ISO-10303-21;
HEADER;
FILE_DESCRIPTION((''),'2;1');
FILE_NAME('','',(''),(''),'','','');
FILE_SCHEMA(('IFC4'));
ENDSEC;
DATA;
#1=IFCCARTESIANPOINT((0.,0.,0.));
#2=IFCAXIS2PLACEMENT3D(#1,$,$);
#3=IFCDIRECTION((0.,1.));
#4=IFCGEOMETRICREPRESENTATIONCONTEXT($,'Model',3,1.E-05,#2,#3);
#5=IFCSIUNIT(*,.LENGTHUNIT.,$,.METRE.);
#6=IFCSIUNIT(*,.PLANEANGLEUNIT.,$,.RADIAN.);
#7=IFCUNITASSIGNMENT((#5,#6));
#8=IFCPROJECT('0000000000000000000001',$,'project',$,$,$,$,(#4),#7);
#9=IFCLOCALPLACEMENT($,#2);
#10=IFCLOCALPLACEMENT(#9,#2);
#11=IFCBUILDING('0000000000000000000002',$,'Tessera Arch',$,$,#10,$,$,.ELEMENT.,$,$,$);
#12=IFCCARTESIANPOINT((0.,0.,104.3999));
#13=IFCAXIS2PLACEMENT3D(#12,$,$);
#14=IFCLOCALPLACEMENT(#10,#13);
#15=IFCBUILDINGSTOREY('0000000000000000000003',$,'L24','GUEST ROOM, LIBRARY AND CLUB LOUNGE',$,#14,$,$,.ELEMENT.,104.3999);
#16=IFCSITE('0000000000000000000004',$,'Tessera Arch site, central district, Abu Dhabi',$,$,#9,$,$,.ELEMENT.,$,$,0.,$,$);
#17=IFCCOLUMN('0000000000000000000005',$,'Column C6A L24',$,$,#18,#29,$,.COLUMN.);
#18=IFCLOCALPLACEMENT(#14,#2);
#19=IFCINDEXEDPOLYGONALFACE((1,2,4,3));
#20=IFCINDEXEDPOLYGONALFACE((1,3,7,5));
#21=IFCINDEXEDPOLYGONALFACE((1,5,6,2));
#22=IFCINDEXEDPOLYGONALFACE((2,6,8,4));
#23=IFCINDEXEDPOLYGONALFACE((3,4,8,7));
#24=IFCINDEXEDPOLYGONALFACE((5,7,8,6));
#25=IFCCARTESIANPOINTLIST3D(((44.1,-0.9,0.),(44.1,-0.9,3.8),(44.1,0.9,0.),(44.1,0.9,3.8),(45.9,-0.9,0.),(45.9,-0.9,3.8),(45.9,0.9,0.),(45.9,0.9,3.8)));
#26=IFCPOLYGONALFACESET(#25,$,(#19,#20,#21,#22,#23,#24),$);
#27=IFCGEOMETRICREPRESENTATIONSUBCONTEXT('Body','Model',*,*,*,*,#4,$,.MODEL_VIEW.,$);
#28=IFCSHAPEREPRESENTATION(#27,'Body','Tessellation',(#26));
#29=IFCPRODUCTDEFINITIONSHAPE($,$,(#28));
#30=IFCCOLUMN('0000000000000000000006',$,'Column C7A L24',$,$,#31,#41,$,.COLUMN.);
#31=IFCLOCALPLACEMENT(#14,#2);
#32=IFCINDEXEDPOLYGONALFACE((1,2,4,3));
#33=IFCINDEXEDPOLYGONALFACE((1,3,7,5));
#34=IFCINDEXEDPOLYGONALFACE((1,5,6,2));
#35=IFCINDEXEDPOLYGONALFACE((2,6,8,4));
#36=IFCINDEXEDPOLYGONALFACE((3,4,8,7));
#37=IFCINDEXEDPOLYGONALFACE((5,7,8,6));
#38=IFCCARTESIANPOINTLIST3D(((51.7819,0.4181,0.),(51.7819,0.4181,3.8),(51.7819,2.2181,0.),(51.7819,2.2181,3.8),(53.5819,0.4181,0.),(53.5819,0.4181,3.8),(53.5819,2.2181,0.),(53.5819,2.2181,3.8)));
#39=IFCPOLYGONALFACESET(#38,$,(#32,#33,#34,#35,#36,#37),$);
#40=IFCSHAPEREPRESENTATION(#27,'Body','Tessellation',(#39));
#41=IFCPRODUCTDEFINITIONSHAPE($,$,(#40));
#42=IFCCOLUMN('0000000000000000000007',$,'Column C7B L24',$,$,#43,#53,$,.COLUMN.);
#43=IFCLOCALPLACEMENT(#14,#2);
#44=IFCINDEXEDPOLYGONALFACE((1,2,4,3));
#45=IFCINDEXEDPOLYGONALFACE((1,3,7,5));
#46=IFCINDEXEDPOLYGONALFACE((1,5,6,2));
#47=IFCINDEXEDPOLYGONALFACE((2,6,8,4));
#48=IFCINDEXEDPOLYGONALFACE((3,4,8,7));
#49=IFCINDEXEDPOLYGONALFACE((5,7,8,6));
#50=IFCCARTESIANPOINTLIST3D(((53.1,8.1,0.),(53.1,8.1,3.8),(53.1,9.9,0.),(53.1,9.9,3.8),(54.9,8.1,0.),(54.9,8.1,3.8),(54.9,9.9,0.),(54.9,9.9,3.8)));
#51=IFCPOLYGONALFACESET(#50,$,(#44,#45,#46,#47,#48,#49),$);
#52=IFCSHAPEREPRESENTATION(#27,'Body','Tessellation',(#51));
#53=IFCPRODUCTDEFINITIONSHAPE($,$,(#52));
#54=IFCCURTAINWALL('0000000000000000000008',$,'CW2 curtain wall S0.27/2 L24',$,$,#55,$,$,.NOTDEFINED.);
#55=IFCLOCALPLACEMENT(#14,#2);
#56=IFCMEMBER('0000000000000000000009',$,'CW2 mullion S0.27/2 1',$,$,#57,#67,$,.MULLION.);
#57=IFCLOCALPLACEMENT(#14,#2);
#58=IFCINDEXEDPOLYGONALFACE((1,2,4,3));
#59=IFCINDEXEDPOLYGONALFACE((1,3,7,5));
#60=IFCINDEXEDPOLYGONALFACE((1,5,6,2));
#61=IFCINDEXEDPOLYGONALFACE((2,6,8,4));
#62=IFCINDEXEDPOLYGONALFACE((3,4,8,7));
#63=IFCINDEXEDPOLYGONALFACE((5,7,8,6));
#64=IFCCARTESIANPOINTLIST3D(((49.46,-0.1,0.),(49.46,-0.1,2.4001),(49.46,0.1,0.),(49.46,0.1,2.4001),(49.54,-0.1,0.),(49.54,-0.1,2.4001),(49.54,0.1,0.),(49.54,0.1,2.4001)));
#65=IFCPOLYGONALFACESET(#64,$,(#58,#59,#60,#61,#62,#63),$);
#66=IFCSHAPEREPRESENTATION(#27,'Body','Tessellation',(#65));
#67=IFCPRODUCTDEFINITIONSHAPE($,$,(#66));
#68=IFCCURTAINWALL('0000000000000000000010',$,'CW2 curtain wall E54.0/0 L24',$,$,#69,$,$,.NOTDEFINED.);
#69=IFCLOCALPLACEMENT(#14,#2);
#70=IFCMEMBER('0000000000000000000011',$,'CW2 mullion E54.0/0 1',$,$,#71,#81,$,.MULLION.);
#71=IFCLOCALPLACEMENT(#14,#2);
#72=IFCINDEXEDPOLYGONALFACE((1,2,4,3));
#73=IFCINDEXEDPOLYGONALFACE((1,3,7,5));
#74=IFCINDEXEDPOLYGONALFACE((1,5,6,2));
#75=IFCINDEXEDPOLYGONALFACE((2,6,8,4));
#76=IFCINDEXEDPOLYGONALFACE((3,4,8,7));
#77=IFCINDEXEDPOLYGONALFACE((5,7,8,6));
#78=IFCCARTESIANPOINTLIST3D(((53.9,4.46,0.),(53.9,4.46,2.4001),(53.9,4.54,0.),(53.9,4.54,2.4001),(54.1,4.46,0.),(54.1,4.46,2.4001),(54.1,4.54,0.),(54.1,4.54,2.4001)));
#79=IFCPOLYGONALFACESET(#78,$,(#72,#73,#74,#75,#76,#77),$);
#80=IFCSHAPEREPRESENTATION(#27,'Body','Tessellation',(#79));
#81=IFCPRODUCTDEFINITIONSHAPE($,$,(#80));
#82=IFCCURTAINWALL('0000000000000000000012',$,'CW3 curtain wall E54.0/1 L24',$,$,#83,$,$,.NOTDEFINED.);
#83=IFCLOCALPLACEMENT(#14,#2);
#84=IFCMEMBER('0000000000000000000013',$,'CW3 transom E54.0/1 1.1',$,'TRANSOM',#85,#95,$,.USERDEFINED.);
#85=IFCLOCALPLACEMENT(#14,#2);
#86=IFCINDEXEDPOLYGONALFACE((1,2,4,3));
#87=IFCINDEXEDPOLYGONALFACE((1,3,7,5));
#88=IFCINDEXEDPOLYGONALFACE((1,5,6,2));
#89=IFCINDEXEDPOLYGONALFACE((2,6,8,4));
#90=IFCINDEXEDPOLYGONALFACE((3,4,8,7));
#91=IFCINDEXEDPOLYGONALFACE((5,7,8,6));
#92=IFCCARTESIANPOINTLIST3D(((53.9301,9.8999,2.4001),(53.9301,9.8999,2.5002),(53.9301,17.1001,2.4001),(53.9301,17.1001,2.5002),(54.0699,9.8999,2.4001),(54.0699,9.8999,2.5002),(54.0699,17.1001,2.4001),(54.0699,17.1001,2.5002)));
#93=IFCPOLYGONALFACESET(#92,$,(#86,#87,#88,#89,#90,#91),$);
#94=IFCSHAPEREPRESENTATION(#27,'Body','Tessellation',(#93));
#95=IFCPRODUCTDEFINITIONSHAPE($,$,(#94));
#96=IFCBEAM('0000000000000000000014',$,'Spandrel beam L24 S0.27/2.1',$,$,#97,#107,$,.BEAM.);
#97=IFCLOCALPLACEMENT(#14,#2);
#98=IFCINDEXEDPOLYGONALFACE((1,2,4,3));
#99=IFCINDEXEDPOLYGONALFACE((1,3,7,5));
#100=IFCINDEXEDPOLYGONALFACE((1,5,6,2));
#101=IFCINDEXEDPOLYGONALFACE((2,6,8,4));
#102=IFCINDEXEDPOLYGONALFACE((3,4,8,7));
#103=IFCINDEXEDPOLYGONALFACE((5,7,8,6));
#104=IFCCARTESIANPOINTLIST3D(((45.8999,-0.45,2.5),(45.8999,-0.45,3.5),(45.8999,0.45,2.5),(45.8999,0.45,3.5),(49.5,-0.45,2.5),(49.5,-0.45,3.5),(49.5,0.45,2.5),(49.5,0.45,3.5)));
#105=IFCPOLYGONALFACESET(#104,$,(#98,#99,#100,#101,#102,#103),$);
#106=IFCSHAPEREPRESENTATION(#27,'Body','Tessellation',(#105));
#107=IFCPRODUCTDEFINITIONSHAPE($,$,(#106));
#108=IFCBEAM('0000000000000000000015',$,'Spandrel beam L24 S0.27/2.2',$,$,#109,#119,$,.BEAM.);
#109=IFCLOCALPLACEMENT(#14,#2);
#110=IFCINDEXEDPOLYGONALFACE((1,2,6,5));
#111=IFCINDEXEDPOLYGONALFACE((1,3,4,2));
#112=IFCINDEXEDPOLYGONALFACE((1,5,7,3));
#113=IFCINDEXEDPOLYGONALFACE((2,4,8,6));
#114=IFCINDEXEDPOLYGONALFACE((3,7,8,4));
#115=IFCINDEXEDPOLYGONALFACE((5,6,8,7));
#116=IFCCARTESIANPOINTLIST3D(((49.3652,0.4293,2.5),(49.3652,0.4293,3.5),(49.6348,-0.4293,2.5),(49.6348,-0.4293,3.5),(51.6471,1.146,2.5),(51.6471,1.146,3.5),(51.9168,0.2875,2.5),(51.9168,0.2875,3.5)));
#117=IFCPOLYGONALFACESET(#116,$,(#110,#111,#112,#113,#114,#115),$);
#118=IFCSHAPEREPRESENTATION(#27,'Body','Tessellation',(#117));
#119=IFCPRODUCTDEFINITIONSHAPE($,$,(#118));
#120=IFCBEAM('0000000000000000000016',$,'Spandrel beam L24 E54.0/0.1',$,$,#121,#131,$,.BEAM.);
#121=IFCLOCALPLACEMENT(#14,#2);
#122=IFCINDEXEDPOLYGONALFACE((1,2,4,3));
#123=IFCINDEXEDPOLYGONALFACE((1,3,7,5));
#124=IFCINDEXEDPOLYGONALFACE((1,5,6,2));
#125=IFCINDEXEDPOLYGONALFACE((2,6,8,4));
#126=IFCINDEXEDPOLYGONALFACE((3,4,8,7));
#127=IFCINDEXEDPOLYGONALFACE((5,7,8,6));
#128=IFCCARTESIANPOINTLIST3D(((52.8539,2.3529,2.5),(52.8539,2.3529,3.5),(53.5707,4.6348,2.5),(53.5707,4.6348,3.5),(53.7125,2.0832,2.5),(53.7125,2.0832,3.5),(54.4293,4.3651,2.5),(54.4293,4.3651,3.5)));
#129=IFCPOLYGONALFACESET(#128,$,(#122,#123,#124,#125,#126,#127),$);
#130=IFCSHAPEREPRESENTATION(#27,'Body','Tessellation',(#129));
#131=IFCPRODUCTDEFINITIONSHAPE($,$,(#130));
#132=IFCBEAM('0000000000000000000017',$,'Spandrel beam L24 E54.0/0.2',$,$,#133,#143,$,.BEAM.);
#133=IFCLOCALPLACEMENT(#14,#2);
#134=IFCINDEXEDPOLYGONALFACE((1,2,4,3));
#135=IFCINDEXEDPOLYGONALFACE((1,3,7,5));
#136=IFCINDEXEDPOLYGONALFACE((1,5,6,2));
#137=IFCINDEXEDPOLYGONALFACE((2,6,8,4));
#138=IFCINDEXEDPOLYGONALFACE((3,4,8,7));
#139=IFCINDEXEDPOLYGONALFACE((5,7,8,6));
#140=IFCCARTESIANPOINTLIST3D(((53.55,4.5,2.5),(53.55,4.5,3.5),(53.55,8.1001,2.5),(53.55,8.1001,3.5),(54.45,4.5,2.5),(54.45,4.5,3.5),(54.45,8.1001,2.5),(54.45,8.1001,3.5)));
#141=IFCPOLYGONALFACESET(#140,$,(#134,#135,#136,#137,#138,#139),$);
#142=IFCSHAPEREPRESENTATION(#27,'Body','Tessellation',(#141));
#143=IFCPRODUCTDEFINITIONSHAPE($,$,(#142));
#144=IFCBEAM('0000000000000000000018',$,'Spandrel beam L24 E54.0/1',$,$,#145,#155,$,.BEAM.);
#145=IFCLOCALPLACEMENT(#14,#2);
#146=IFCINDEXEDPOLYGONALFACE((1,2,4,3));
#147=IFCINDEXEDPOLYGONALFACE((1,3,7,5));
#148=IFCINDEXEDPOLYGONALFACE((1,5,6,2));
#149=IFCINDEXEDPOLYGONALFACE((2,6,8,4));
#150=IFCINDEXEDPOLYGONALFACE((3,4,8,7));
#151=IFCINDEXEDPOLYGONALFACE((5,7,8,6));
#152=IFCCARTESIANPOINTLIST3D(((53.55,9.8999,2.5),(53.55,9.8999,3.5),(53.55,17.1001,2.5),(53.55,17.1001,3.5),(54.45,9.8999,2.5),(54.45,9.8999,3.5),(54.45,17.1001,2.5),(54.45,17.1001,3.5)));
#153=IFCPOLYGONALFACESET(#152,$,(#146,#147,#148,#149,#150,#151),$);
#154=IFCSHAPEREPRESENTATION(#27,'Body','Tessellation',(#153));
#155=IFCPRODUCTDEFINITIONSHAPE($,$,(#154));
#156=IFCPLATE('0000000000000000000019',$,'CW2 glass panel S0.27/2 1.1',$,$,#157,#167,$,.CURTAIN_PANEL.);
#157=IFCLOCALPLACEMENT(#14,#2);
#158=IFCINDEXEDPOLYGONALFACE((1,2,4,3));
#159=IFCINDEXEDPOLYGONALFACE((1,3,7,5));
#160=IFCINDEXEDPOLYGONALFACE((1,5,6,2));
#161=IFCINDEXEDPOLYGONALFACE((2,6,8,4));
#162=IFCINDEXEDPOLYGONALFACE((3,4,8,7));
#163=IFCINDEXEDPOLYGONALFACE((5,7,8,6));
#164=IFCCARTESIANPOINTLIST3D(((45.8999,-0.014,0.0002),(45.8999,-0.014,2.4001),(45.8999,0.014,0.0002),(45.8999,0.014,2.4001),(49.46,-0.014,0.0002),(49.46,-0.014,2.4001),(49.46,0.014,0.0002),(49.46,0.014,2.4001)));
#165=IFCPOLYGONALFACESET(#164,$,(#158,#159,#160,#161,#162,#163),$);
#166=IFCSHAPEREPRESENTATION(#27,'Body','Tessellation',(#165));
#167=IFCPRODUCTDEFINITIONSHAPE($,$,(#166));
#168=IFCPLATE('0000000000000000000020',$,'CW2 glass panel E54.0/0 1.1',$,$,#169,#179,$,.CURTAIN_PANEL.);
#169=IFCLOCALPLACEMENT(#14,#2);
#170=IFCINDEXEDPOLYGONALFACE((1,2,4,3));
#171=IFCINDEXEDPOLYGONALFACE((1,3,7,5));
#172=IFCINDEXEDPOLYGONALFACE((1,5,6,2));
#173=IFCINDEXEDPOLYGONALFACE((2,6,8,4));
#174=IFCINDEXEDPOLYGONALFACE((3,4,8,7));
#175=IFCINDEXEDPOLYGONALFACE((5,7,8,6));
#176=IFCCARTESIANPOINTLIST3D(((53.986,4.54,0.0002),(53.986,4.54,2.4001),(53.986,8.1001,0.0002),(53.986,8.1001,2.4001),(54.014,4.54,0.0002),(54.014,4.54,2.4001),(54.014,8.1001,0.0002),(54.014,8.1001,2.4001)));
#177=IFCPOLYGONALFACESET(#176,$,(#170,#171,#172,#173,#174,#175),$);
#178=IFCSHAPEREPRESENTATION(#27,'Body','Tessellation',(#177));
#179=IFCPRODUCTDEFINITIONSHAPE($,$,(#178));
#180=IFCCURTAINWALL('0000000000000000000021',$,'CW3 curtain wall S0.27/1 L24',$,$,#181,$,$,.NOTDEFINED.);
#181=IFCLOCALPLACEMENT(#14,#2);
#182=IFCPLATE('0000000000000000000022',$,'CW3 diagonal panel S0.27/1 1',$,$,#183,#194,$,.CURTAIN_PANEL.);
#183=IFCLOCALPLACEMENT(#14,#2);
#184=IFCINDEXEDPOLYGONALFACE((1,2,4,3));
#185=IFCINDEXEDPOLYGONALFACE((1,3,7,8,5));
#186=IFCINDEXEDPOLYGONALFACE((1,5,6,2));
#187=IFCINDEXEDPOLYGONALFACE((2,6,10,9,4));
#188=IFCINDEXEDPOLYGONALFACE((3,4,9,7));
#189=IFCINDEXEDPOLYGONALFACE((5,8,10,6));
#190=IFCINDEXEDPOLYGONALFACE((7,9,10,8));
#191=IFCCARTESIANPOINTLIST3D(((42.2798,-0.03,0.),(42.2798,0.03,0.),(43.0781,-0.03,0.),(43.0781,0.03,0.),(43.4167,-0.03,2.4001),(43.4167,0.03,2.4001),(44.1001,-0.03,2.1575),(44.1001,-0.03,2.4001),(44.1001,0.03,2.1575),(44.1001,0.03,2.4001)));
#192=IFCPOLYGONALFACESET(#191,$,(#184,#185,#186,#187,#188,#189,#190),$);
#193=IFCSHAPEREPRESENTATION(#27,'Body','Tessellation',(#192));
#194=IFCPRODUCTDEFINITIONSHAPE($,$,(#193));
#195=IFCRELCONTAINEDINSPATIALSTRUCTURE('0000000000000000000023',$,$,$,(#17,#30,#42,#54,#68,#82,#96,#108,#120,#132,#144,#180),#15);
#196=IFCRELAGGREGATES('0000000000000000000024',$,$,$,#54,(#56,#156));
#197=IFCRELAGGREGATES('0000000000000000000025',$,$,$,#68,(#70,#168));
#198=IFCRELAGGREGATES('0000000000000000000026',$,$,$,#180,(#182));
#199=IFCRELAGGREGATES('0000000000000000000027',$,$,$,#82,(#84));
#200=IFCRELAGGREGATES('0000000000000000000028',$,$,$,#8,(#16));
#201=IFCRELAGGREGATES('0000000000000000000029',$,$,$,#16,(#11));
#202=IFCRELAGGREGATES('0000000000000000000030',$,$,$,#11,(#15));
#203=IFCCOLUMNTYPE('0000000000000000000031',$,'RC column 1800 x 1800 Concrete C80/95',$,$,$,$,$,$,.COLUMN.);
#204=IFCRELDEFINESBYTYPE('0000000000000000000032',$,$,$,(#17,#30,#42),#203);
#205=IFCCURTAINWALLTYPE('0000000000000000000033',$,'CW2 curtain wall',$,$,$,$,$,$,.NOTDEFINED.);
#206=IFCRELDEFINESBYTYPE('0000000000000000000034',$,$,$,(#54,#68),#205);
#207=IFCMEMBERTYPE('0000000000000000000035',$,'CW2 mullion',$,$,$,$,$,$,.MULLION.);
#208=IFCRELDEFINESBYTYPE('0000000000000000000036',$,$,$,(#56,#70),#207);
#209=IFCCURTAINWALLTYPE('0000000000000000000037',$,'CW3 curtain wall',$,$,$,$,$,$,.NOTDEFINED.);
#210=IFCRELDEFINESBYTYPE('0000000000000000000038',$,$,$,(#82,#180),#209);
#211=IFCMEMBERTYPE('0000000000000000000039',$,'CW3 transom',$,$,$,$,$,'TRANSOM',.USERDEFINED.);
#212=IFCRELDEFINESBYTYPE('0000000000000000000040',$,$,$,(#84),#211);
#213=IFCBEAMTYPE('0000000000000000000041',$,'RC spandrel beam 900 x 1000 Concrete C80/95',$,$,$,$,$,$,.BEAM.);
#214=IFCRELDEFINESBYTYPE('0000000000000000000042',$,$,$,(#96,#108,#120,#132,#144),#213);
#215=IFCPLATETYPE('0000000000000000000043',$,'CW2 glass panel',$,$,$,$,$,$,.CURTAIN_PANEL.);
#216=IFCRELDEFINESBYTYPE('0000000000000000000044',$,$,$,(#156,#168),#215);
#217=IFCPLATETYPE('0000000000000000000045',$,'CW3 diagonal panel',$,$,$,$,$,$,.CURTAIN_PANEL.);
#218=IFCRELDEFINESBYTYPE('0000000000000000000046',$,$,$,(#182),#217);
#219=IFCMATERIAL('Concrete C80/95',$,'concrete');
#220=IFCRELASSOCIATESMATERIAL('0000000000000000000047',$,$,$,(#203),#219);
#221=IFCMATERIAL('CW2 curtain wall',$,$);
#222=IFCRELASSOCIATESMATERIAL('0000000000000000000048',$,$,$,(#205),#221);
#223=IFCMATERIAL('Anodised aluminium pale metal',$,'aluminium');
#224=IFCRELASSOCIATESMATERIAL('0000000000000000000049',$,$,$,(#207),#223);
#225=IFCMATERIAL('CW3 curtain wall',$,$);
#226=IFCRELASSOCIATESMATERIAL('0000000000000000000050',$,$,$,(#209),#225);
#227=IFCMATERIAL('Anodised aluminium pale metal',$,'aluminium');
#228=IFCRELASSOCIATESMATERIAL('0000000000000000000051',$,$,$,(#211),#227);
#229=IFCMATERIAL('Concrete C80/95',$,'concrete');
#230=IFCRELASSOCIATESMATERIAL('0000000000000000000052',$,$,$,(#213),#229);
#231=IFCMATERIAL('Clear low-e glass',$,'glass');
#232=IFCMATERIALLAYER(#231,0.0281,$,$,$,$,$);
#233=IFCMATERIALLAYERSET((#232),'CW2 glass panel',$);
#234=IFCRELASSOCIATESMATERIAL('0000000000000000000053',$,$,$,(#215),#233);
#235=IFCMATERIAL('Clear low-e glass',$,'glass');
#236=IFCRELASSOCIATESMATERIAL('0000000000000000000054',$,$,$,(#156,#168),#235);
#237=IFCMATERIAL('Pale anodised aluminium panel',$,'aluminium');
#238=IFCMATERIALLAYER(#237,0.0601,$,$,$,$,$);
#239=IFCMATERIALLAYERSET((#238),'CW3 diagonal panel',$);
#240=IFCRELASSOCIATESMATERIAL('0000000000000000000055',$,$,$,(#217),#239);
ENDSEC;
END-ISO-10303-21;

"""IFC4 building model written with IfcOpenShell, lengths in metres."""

from ifc_helpers import new_model, si_unit, direction, frame, origin, origin_2d, place, context, subcontext, project, spatial, polyline, rectangle, outline, extrude, material, layer, layer_set, material_profile, profile_set, type_object, element, aggregate, save


model = new_model("IFC4")

# Units and contexts
model_context = context("Model", 3, precision=1e-05, world=origin(), true_north=direction((0.0, 1.0)))
body_context = subcontext(model_context, "Body", "Model", "MODEL_VIEW")
ifc_project = project(units=[si_unit("LENGTHUNIT", "METRE"), si_unit("PLANEANGLEUNIT", "RADIAN")], contexts=[model_context])

# Site, building, storey
site_placement = place(None, origin())
site = spatial("IfcSite", under=ifc_project, at=site_placement, Name="Tessera Arch site, central district, Abu Dhabi", CompositionType="ELEMENT", RefElevation=0.0)
building_placement = place(site_placement, origin())
building = spatial("IfcBuilding", under=site, at=building_placement, Name="Tessera Arch", CompositionType="ELEMENT")
storey_placement = place(building_placement, frame((0.0, 0.0, 104.3999)))
storey = spatial("IfcBuildingStorey", under=building, at=storey_placement, Name="L24", Description="GUEST ROOM, LIBRARY AND CLUB LOUNGE", CompositionType="ELEMENT", Elevation=104.3999)

# Columns
ifc_material_1 = material(Name="Concrete C80/95", Category="concrete")
ifc_material_profile_1 = material_profile(ifc_material_1, rectangle(XDim=1.8, YDim=1.8, at=origin_2d()), Name="RC column 1800 x 1800 Concrete C80/95")
ifc_profile_set_1 = profile_set([ifc_material_profile_1], Name="Concrete C80/95")
column_type = type_object("IfcColumnType", Name="RC column 1800 x 1800 Concrete C80/95", PredefinedType="COLUMN", material=ifc_profile_set_1)
for number, where, z_axis, x_axis, name in (
    (1, (45.0, 0.0, 0.0), (0.0, 0.0, 1.0), (1.0, 0.0, 0.0), "Column C6A L24"),
    (2, (52.6819, 1.3181, 0.0), (0.0, 0.0, 1.0), (1.0, 0.0, 0.0), "Column C7A L24"),
    (3, (54.0, 9.0, 0.0), (0.0, 0.0, 1.0), (1.0, 0.0, 0.0), "Column C7B L24"),
):
    element("IfcColumn", number, at=place(storey_placement, frame(where, z_axis=z_axis, x_axis=x_axis)), inside=storey, type_object=column_type, Name=name, PredefinedType="COLUMN", context=body_context, shape_type="SweptSolid", body=[
        extrude(rectangle(XDim=1.8, YDim=1.8, at=origin_2d()), origin(), (0.0, 0.0, 1.0), 3.8),
    ])

# Curtain walls, members
ifc_material_2 = material(Name="CW2 curtain wall")
curtain_wall_type_1 = type_object("IfcCurtainWallType", Name="CW2 curtain wall", PredefinedType="NOTDEFINED", material=ifc_material_2)
curtain_wall_1_placement = place(storey_placement, origin())
curtain_wall_1 = element("IfcCurtainWall", 4, at=curtain_wall_1_placement, inside=storey, type_object=curtain_wall_type_1, Name="CW2 curtain wall S0.27/2 L24", PredefinedType="NOTDEFINED")
ifc_material_3 = material(Name="Anodised aluminium pale metal", Category="aluminium")
ifc_material_profile_2 = material_profile(ifc_material_3, rectangle(XDim=0.2, YDim=0.0801, at=origin_2d()), Name="AL 80x200")
ifc_profile_set_2 = profile_set([ifc_material_profile_2], Name="Anodised aluminium pale metal")
member_type_1 = type_object("IfcMemberType", Name="CW2 mullion", PredefinedType="MULLION", material=ifc_profile_set_2)
member_1_placement = place(storey_placement, frame((49.5, 0.0, 0.0), z_axis=(0.0, 0.0, 1.0), x_axis=(0.0, 1.0, 0.0)))
member_1 = element("IfcMember", 5, at=member_1_placement, type_object=member_type_1, Name="CW2 mullion S0.27/2 1", PredefinedType="MULLION", context=body_context, shape_type="SweptSolid", body=[
    extrude(rectangle(XDim=0.2, YDim=0.0801, at=origin_2d()), origin(), (0.0, 0.0, 1.0), 2.4001),
])
curtain_wall_2_placement = place(storey_placement, origin())
curtain_wall_2 = element("IfcCurtainWall", 6, at=curtain_wall_2_placement, inside=storey, type_object=curtain_wall_type_1, Name="CW2 curtain wall E54.0/0 L24", PredefinedType="NOTDEFINED")
member_2_placement = place(storey_placement, frame((54.0, 4.5, 0.0), z_axis=(0.0, 0.0, 1.0), x_axis=(-1.0, 0.0, 0.0)))
member_2 = element("IfcMember", 7, at=member_2_placement, type_object=member_type_1, Name="CW2 mullion E54.0/0 1", PredefinedType="MULLION", context=body_context, shape_type="SweptSolid", body=[
    extrude(rectangle(XDim=0.2, YDim=0.0801, at=origin_2d()), origin(), (0.0, 0.0, 1.0), 2.4001),
])
ifc_material_4 = material(Name="CW3 curtain wall")
curtain_wall_type_2 = type_object("IfcCurtainWallType", Name="CW3 curtain wall", PredefinedType="NOTDEFINED", material=ifc_material_4)
curtain_wall_3_placement = place(storey_placement, origin())
curtain_wall_3 = element("IfcCurtainWall", 8, at=curtain_wall_3_placement, inside=storey, type_object=curtain_wall_type_2, Name="CW3 curtain wall E54.0/1 L24", PredefinedType="NOTDEFINED")
ifc_material_5 = material(Name="Anodised aluminium pale metal", Category="aluminium")
ifc_material_profile_3 = material_profile(ifc_material_5, rectangle(XDim=0.1399, YDim=0.1001, at=origin_2d()), Name="AL 140x100")
ifc_profile_set_3 = profile_set([ifc_material_profile_3], Name="Anodised aluminium pale metal")
member_type_2 = type_object("IfcMemberType", Name="CW3 transom", ElementType="TRANSOM", PredefinedType="USERDEFINED", material=ifc_profile_set_3)
member_3_placement = place(storey_placement, frame((54.0, 9.8999, 2.4502), z_axis=(0.0, 1.0, 0.0), x_axis=(-1.0, 0.0, 0.0)))
member_3 = element("IfcMember", 9, at=member_3_placement, type_object=member_type_2, Name="CW3 transom E54.0/1 1.1", ObjectType="TRANSOM", PredefinedType="USERDEFINED", context=body_context, shape_type="SweptSolid", body=[
    extrude(rectangle(XDim=0.1399, YDim=0.1001, at=origin_2d()), origin(), (0.0, 0.0, 1.0), 7.2002),
])

# Beams
ifc_material_6 = material(Name="Concrete C80/95", Category="concrete")
ifc_material_profile_4 = material_profile(ifc_material_6, rectangle(XDim=0.8999, YDim=1.0, at=origin_2d()), Name="RC spandrel beam 900 x 1000 Concrete C80/95")
ifc_profile_set_4 = profile_set([ifc_material_profile_4], Name="Concrete C80/95")
beam_type = type_object("IfcBeamType", Name="RC spandrel beam 900 x 1000 Concrete C80/95", PredefinedType="BEAM", material=ifc_profile_set_4)
beam_1_placement = place(storey_placement, frame((45.8999, 0.0, 3.0), z_axis=(1.0, 0.0, 0.0), x_axis=(0.0, 1.0, 0.0)))
element("IfcBeam", 10, at=beam_1_placement, inside=storey, type_object=beam_type, Name="Spandrel beam L24 S0.27/2.1", PredefinedType="BEAM", context=body_context, shape_type="SweptSolid", body=[
    extrude(rectangle(XDim=0.8999, YDim=1.0, at=origin_2d()), origin(), (0.0, 0.0, 1.0), 3.6001),
])
for number, where, z_axis, x_axis, name in (
    (11, (49.5, 0.0, 3.0), (0.954041, 0.299675, 0.0), (-0.299675, 0.954041, 0.0), "Spandrel beam L24 S0.27/2.2"),
    (12, (53.2832, 2.218, 3.0), (0.299675, 0.954041, 0.0), (-0.954041, 0.299675, 0.0), "Spandrel beam L24 E54.0/0.1"),
):
    element("IfcBeam", number, at=place(storey_placement, frame(where, z_axis=z_axis, x_axis=x_axis)), inside=storey, type_object=beam_type, Name=name, PredefinedType="BEAM", context=body_context, shape_type="SweptSolid", body=[
        extrude(rectangle(XDim=0.8999, YDim=1.0, at=origin_2d()), origin(), (0.0, 0.0, 1.0), 2.3918),
    ])
beam_2_placement = place(storey_placement, frame((54.0, 4.5, 3.0), z_axis=(0.0, 1.0, 0.0), x_axis=(-1.0, 0.0, 0.0)))
element("IfcBeam", 13, at=beam_2_placement, inside=storey, type_object=beam_type, Name="Spandrel beam L24 E54.0/0.2", PredefinedType="BEAM", context=body_context, shape_type="SweptSolid", body=[
    extrude(rectangle(XDim=0.8999, YDim=1.0, at=origin_2d()), origin(), (0.0, 0.0, 1.0), 3.6001),
])
beam_3_placement = place(storey_placement, frame((54.0, 9.8999, 3.0), z_axis=(0.0, 1.0, 0.0), x_axis=(-1.0, 0.0, 0.0)))
element("IfcBeam", 14, at=beam_3_placement, inside=storey, type_object=beam_type, Name="Spandrel beam L24 E54.0/1", PredefinedType="BEAM", context=body_context, shape_type="SweptSolid", body=[
    extrude(rectangle(XDim=0.8999, YDim=1.0, at=origin_2d()), origin(), (0.0, 0.0, 1.0), 7.2002),
])

# Plates
ifc_material_7 = material(Name="Clear low-e glass", Category="glass")
ifc_material_8 = material(Name="Clear low-e glass", Category="glass")
ifc_layer_1 = layer(ifc_material_8, 0.0281)
ifc_layer_set_1 = layer_set([ifc_layer_1], Name="CW2 glass panel")
plate_type_1 = type_object("IfcPlateType", Name="CW2 glass panel", PredefinedType="CURTAIN_PANEL", material=ifc_layer_set_1)
plate_1_placement = place(storey_placement, frame((47.6799, 0.0, 0.0002), z_axis=(0.0, 0.0, 1.0), x_axis=(1.0, 0.0, 0.0)))
plate_1 = element("IfcPlate", 15, at=plate_1_placement, type_object=plate_type_1, material=ifc_material_7, Name="CW2 glass panel S0.27/2 1.1", PredefinedType="CURTAIN_PANEL", context=body_context, shape_type="SweptSolid", body=[
    extrude(rectangle(XDim=3.5601, YDim=0.0281, at=origin_2d()), origin(), (0.0, 0.0, 1.0), 2.3999),
])
aggregate(curtain_wall_1, [member_1, plate_1])
plate_2_placement = place(storey_placement, frame((54.0, 6.3201, 0.0002), z_axis=(0.0, 0.0, 1.0), x_axis=(0.0, 1.0, 0.0)))
plate_2 = element("IfcPlate", 16, at=plate_2_placement, type_object=plate_type_1, material=ifc_material_7, Name="CW2 glass panel E54.0/0 1.1", PredefinedType="CURTAIN_PANEL", context=body_context, shape_type="SweptSolid", body=[
    extrude(rectangle(XDim=3.5601, YDim=0.0281, at=origin_2d()), origin(), (0.0, 0.0, 1.0), 2.3999),
])
aggregate(curtain_wall_2, [member_2, plate_2])

# Curtain wall, plate
curtain_wall_4_placement = place(storey_placement, origin())
curtain_wall_4 = element("IfcCurtainWall", 17, at=curtain_wall_4_placement, inside=storey, type_object=curtain_wall_type_2, Name="CW3 curtain wall S0.27/1 L24", PredefinedType="NOTDEFINED")
ifc_material_9 = material(Name="Pale anodised aluminium panel", Category="aluminium")
ifc_layer_2 = layer(ifc_material_9, 0.0601)
ifc_layer_set_2 = layer_set([ifc_layer_2], Name="CW3 diagonal panel")
plate_type_2 = type_object("IfcPlateType", Name="CW3 diagonal panel", PredefinedType="CURTAIN_PANEL", material=ifc_layer_set_2)
plate_3_placement = place(storey_placement, frame((44.1001, -0.03, 2.4001), z_axis=(0.0, -1.0, 0.0), x_axis=(-1.0, 0.0, 0.0)))
plate_3 = element("IfcPlate", 18, at=plate_3_placement, type_object=plate_type_2, Name="CW3 diagonal panel S0.27/1 1", PredefinedType="CURTAIN_PANEL", context=body_context, shape_type="SweptSolid", body=[
    extrude(outline(polyline([(0.0, 0.0), (0.6833, 0.0), (1.8203, 2.4001), (1.022, 2.4001), (0.0, 0.2427), (0.0, 0.0)])), origin(), (0.0, 0.0, -1.0), 0.0601),
])

aggregate(curtain_wall_4, [plate_3])
aggregate(curtain_wall_3, [member_3])

save(model, "model.ifc")
